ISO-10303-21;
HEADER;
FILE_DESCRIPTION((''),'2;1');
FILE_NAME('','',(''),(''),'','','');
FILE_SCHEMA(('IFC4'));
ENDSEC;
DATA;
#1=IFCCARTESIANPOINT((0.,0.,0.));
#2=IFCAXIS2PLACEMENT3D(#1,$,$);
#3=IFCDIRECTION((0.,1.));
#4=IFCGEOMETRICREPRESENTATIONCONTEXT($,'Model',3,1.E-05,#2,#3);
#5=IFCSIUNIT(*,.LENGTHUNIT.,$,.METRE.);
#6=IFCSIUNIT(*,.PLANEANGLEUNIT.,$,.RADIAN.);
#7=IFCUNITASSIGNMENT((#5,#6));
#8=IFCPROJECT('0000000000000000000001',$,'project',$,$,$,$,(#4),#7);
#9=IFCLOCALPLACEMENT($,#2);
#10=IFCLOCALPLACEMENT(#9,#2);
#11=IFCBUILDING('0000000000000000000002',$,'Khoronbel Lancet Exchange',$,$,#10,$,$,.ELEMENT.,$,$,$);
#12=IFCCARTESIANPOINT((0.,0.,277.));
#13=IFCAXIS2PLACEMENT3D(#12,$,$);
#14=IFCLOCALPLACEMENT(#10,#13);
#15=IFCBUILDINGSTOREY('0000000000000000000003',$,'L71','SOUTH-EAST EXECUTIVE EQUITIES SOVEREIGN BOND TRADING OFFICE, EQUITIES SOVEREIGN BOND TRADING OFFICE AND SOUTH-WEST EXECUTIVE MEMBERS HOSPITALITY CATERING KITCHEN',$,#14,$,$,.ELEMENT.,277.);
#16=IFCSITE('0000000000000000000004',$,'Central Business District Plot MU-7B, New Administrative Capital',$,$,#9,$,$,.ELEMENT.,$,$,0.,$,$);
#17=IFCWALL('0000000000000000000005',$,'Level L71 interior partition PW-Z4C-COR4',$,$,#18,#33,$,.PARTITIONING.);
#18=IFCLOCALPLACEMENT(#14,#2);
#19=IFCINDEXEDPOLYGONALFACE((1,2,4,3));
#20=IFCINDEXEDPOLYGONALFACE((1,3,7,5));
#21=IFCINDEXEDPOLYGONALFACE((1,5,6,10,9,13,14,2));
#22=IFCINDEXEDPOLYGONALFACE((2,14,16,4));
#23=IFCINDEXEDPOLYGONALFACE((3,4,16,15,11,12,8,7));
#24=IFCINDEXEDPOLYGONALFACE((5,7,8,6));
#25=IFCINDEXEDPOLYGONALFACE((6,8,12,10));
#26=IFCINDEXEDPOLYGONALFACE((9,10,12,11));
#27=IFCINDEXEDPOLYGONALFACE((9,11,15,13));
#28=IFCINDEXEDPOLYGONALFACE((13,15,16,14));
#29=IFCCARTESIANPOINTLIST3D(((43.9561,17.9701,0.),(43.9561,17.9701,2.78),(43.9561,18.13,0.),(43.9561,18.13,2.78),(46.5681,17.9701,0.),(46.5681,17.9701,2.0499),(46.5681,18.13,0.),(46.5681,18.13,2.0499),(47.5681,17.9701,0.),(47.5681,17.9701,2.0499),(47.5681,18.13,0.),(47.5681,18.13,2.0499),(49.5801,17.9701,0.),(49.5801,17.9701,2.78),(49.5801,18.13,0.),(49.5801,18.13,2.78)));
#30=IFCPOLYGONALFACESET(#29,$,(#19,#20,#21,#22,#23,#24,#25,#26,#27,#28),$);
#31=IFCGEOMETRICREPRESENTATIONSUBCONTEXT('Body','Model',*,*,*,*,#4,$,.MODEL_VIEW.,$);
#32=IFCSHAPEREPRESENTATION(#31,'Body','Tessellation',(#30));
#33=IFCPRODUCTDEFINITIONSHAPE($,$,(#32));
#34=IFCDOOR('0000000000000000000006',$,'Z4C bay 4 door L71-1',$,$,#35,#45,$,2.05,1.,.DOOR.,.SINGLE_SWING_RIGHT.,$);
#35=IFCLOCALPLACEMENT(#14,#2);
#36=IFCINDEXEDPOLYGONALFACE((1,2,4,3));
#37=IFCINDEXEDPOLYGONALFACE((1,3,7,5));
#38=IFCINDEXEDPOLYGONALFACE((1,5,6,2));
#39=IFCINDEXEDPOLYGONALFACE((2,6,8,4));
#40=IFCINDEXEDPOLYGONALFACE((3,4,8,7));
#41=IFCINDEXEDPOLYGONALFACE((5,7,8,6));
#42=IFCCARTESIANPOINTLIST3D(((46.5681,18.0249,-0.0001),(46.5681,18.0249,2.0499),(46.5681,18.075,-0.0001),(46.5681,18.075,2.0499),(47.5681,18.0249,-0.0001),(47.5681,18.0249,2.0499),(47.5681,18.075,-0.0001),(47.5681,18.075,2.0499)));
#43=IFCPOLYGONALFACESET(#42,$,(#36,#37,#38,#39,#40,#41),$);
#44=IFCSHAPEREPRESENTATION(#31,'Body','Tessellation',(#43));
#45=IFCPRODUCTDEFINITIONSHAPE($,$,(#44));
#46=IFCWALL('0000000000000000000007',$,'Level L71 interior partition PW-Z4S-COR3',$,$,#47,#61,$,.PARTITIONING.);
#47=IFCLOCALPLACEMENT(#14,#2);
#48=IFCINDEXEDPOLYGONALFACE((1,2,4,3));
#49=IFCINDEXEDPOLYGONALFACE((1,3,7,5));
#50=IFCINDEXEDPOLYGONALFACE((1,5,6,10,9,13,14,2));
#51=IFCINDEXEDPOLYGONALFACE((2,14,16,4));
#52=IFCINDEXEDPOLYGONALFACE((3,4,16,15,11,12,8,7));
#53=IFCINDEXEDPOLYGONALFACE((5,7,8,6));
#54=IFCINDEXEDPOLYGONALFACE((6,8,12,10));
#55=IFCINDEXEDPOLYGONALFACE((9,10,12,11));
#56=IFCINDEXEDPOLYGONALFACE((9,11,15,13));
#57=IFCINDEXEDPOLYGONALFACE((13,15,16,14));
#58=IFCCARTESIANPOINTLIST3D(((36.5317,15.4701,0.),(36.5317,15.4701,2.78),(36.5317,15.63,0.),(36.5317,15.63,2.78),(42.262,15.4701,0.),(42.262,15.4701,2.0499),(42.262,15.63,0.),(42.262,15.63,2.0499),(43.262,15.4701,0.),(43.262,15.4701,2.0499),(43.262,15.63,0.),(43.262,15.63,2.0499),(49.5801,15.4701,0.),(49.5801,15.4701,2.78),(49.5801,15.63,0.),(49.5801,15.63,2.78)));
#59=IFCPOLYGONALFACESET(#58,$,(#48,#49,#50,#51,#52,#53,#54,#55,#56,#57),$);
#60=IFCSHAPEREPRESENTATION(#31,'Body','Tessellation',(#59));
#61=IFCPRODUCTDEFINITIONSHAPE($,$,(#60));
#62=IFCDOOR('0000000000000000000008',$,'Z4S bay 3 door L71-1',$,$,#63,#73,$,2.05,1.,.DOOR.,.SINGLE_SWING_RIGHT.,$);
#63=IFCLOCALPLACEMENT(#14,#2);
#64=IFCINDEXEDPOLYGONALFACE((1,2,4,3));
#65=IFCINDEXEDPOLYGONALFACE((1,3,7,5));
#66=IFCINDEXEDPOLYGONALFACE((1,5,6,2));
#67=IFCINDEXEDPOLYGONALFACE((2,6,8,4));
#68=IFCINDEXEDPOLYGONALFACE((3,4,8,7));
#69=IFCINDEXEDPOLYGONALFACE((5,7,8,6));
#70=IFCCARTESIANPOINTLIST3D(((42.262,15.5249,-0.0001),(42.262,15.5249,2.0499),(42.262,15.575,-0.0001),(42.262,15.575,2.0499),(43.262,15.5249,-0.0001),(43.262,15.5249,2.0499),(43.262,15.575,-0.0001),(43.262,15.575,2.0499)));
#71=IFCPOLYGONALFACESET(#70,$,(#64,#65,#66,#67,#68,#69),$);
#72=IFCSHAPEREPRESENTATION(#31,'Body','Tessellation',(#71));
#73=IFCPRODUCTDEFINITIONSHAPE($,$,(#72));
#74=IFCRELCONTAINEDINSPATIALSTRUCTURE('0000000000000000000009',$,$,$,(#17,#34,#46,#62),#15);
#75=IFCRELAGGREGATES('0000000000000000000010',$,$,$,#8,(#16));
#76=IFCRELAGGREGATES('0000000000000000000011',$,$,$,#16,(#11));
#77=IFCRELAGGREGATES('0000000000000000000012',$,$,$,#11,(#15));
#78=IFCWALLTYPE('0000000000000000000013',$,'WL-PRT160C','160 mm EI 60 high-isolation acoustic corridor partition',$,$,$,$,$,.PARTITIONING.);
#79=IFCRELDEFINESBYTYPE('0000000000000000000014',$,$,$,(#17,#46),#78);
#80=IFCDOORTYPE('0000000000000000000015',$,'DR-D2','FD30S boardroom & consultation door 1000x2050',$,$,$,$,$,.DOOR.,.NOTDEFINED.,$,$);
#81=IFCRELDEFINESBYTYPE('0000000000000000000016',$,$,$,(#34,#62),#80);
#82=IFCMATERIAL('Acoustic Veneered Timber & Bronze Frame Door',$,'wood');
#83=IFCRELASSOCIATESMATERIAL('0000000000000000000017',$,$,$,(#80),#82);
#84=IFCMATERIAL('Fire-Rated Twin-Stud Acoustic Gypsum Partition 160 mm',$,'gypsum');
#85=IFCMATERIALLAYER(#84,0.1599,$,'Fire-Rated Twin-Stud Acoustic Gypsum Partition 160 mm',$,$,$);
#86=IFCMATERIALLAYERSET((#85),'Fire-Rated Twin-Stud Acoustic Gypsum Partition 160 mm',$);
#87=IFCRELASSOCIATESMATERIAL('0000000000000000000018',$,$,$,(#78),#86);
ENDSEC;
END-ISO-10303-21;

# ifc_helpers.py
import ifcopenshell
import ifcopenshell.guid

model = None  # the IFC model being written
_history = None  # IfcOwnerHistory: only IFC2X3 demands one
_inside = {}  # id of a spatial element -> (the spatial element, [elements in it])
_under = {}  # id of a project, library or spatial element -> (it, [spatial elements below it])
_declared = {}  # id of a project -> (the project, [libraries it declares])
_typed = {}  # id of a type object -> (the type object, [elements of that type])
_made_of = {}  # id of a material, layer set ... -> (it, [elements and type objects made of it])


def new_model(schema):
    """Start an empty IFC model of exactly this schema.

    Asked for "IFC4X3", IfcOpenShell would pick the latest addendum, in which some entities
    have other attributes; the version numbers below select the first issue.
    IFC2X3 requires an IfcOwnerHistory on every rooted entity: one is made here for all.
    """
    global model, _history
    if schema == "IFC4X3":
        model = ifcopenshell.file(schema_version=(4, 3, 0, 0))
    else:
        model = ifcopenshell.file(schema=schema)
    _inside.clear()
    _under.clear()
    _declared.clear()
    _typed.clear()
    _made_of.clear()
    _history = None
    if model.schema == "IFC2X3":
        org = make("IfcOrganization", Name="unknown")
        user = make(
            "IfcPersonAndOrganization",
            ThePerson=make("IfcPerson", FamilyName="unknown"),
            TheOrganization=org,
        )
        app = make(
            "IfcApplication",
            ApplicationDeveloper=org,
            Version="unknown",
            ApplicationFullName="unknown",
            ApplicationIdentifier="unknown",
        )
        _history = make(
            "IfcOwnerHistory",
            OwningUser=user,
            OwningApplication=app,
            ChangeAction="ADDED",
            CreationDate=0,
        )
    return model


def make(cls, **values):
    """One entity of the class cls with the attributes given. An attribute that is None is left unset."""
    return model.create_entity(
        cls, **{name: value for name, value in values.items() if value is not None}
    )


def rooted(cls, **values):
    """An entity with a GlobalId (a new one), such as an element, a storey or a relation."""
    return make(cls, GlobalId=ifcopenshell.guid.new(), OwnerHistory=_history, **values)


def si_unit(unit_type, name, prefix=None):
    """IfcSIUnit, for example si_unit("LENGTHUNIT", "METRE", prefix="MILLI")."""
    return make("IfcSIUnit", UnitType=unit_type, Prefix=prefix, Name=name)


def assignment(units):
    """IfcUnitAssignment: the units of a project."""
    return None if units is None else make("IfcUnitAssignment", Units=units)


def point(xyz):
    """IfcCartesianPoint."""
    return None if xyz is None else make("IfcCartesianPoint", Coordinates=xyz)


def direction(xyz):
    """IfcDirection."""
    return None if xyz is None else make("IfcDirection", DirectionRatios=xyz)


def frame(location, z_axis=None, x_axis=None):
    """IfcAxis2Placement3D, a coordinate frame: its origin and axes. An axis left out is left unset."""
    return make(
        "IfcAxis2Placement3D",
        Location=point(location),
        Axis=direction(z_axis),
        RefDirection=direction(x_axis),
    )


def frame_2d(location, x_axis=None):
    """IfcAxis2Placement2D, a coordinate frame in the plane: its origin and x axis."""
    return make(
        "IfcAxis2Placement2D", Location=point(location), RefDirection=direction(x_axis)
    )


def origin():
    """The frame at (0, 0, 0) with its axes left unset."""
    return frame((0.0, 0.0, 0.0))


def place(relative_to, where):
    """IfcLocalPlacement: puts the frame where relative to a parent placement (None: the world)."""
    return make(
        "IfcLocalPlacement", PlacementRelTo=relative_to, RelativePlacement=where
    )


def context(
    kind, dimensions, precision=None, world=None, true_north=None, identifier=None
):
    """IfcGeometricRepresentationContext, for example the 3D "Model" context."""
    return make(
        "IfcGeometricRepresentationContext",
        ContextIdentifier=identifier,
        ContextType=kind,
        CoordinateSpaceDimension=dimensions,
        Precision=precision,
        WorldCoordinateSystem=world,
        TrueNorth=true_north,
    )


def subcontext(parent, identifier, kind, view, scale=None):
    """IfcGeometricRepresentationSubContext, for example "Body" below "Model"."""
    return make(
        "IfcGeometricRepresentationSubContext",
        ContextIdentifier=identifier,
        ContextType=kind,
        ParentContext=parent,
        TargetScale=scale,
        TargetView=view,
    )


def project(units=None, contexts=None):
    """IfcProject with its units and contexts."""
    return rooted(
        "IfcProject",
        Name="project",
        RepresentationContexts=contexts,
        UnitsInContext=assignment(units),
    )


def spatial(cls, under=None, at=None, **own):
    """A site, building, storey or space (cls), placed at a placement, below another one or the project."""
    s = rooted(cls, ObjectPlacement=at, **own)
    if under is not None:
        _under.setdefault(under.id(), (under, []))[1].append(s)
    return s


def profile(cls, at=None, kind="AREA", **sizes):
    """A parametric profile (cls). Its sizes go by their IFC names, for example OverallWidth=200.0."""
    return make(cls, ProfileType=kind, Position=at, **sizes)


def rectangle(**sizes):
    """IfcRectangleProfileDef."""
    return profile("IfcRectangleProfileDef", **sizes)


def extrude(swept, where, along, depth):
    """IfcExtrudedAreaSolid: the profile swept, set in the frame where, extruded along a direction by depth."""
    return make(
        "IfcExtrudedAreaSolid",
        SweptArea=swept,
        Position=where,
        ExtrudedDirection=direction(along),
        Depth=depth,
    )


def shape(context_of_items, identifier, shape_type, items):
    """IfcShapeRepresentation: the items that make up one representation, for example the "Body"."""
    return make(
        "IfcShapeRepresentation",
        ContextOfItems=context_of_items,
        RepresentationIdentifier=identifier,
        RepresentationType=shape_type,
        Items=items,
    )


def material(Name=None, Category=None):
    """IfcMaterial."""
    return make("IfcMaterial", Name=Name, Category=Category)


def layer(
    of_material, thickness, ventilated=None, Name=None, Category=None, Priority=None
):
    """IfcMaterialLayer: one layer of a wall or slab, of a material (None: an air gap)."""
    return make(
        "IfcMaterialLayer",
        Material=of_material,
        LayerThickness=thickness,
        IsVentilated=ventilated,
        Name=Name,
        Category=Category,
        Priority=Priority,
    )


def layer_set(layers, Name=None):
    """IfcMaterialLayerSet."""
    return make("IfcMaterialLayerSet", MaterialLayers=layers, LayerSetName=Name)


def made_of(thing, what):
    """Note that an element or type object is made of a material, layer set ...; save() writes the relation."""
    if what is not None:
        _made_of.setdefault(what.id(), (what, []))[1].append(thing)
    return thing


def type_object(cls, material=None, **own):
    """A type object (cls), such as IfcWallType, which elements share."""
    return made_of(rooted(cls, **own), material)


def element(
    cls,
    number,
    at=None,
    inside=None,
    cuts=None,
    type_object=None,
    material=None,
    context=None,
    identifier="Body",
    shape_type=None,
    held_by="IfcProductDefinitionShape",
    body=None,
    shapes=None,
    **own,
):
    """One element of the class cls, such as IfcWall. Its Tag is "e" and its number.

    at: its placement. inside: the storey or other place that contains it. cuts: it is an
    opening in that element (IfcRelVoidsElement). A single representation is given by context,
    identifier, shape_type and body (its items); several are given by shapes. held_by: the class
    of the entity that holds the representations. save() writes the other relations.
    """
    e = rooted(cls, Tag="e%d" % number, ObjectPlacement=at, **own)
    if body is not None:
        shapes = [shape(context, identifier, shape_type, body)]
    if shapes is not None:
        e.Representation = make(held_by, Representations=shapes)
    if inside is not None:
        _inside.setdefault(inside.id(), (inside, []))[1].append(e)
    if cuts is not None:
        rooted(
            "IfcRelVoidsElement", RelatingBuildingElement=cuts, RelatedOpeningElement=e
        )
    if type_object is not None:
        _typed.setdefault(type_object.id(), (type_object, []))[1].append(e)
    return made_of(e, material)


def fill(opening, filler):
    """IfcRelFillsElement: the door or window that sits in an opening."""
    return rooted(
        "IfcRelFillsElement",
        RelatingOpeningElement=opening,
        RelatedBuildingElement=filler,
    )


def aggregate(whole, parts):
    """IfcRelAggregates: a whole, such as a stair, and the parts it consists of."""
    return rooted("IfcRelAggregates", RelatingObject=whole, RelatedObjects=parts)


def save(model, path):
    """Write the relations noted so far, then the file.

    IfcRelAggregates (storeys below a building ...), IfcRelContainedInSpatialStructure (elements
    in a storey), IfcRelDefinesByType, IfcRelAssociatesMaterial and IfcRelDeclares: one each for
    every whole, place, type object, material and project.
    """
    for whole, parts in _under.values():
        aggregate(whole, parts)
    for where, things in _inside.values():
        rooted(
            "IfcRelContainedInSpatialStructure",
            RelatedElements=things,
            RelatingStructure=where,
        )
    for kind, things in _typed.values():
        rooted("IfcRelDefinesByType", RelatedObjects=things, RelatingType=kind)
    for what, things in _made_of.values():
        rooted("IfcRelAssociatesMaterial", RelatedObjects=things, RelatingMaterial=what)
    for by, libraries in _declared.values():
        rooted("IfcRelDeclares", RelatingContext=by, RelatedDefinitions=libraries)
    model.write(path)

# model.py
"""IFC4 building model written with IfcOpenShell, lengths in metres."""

from ifc_helpers import new_model, si_unit, direction, frame, frame_2d, origin, place, context, subcontext, project, spatial, rectangle, extrude, material, layer, layer_set, type_object, element, fill, save


model = new_model("IFC4")

# Units and contexts
model_context = context("Model", 3, precision=1e-05, world=origin(), true_north=direction((0.0, 1.0)))
body_context = subcontext(model_context, "Body", "Model", "MODEL_VIEW")
ifc_project = project(units=[si_unit("LENGTHUNIT", "METRE"), si_unit("PLANEANGLEUNIT", "RADIAN")], contexts=[model_context])

# Site, building, storey
site_placement = place(None, origin())
site = spatial("IfcSite", under=ifc_project, at=site_placement, Name="Central Business District Plot MU-7B, New Administrative Capital", CompositionType="ELEMENT", RefElevation=0.0)
building_placement = place(site_placement, origin())
building = spatial("IfcBuilding", under=site, at=building_placement, Name="Khoronbel Lancet Exchange", CompositionType="ELEMENT")
storey_placement = place(building_placement, frame((0.0, 0.0, 277.0)))
storey = spatial("IfcBuildingStorey", under=building, at=storey_placement, Name="L71", Description="SOUTH-EAST EXECUTIVE EQUITIES SOVEREIGN BOND TRADING OFFICE, EQUITIES SOVEREIGN BOND TRADING OFFICE AND SOUTH-WEST EXECUTIVE MEMBERS HOSPITALITY CATERING KITCHEN", CompositionType="ELEMENT", Elevation=277.0)

# Shared definitions
ifc_material_1 = material(Name="Acoustic Veneered Timber & Bronze Frame Door", Category="wood")
door_type_1 = type_object("IfcDoorType", Name="DR-D2", Description="FD30S boardroom & consultation door 1000x2050", OperationType="NOTDEFINED", PredefinedType="DOOR", material=ifc_material_1)

# Walls, openings, doors
ifc_material_2 = material(Name="Fire-Rated Twin-Stud Acoustic Gypsum Partition 160 mm", Category="gypsum")
ifc_layer_1 = layer(ifc_material_2, 0.1599, Name="Fire-Rated Twin-Stud Acoustic Gypsum Partition 160 mm")
ifc_layer_set_1 = layer_set([ifc_layer_1], Name="Fire-Rated Twin-Stud Acoustic Gypsum Partition 160 mm")
wall_type_1 = type_object("IfcWallType", Name="WL-PRT160C", Description="160 mm EI 60 high-isolation acoustic corridor partition", PredefinedType="PARTITIONING", material=ifc_layer_set_1)
wall_1_placement = place(storey_placement, frame((43.9561, 18.05, 0.0), z_axis=(0.0, 0.0, 1.0), x_axis=(1.0, 0.0, 0.0)))
wall_1 = element("IfcWall", 1, at=wall_1_placement, inside=storey, type_object=wall_type_1, Name="Level L71 interior partition PW-Z4C-COR4", PredefinedType="PARTITIONING", context=body_context, shape_type="SweptSolid", body=[
    extrude(rectangle(XDim=5.624, YDim=0.1599, at=frame_2d((2.812, 0.0))), origin(), (0.0, 0.0, 1.0), 2.78),
])
opening_1_placement = place(wall_1_placement, frame((2.6121, 0.0, 0.0)))
opening_1 = element("IfcOpeningElement", 2, at=opening_1_placement, cuts=wall_1, PredefinedType="OPENING", context=body_context, shape_type="SweptSolid", body=[
    extrude(rectangle(XDim=1.0, YDim=2.05, at=frame_2d((0.5, 1.0249))), frame((0.0, 0.0898, 0.0), z_axis=(0.0, -1.0, 0.0), x_axis=(1.0, 0.0, 0.0)), (0.0, 0.0, 1.0), 0.1799),
])
door_1_placement = place(opening_1_placement, origin())
door_1 = element("IfcDoor", 3, at=door_1_placement, inside=storey, type_object=door_type_1, Name="Z4C bay 4 door L71-1", OperationType="SINGLE_SWING_RIGHT", OverallHeight=2.05, OverallWidth=1.0, PredefinedType="DOOR", context=body_context, shape_type="SweptSolid", body=[
    extrude(rectangle(XDim=1.0, YDim=2.05, at=frame_2d((0.5, 1.0249))), frame((0.0, 0.0249, 0.0), z_axis=(0.0, -1.0, 0.0), x_axis=(1.0, 0.0, 0.0)), (0.0, 0.0, 1.0), 0.05),
])
fill(opening_1, door_1)
wall_2_placement = place(storey_placement, frame((36.5317, 15.55, 0.0), z_axis=(0.0, 0.0, 1.0), x_axis=(1.0, 0.0, 0.0)))
wall_2 = element("IfcWall", 4, at=wall_2_placement, inside=storey, type_object=wall_type_1, Name="Level L71 interior partition PW-Z4S-COR3", PredefinedType="PARTITIONING", context=body_context, shape_type="SweptSolid", body=[
    extrude(rectangle(XDim=13.0483, YDim=0.1599, at=frame_2d((6.5242, 0.0))), origin(), (0.0, 0.0, 1.0), 2.78),
])
opening_2_placement = place(wall_2_placement, frame((5.7302, 0.0, 0.0)))
opening_2 = element("IfcOpeningElement", 5, at=opening_2_placement, cuts=wall_2, PredefinedType="OPENING", context=body_context, shape_type="SweptSolid", body=[
    extrude(rectangle(XDim=1.0, YDim=2.05, at=frame_2d((0.5, 1.0249))), frame((0.0, 0.0898, 0.0), z_axis=(0.0, -1.0, 0.0), x_axis=(1.0, 0.0, 0.0)), (0.0, 0.0, 1.0), 0.1799),
])
door_2_placement = place(opening_2_placement, origin())
door_2 = element("IfcDoor", 6, at=door_2_placement, inside=storey, type_object=door_type_1, Name="Z4S bay 3 door L71-1", OperationType="SINGLE_SWING_RIGHT", OverallHeight=2.05, OverallWidth=1.0, PredefinedType="DOOR", context=body_context, shape_type="SweptSolid", body=[
    extrude(rectangle(XDim=1.0, YDim=2.05, at=frame_2d((0.5, 1.0249))), frame((0.0, 0.0249, 0.0), z_axis=(0.0, -1.0, 0.0), x_axis=(1.0, 0.0, 0.0)), (0.0, 0.0, 1.0), 0.05),
])
fill(opening_2, door_2)

save(model, "model.ifc")
